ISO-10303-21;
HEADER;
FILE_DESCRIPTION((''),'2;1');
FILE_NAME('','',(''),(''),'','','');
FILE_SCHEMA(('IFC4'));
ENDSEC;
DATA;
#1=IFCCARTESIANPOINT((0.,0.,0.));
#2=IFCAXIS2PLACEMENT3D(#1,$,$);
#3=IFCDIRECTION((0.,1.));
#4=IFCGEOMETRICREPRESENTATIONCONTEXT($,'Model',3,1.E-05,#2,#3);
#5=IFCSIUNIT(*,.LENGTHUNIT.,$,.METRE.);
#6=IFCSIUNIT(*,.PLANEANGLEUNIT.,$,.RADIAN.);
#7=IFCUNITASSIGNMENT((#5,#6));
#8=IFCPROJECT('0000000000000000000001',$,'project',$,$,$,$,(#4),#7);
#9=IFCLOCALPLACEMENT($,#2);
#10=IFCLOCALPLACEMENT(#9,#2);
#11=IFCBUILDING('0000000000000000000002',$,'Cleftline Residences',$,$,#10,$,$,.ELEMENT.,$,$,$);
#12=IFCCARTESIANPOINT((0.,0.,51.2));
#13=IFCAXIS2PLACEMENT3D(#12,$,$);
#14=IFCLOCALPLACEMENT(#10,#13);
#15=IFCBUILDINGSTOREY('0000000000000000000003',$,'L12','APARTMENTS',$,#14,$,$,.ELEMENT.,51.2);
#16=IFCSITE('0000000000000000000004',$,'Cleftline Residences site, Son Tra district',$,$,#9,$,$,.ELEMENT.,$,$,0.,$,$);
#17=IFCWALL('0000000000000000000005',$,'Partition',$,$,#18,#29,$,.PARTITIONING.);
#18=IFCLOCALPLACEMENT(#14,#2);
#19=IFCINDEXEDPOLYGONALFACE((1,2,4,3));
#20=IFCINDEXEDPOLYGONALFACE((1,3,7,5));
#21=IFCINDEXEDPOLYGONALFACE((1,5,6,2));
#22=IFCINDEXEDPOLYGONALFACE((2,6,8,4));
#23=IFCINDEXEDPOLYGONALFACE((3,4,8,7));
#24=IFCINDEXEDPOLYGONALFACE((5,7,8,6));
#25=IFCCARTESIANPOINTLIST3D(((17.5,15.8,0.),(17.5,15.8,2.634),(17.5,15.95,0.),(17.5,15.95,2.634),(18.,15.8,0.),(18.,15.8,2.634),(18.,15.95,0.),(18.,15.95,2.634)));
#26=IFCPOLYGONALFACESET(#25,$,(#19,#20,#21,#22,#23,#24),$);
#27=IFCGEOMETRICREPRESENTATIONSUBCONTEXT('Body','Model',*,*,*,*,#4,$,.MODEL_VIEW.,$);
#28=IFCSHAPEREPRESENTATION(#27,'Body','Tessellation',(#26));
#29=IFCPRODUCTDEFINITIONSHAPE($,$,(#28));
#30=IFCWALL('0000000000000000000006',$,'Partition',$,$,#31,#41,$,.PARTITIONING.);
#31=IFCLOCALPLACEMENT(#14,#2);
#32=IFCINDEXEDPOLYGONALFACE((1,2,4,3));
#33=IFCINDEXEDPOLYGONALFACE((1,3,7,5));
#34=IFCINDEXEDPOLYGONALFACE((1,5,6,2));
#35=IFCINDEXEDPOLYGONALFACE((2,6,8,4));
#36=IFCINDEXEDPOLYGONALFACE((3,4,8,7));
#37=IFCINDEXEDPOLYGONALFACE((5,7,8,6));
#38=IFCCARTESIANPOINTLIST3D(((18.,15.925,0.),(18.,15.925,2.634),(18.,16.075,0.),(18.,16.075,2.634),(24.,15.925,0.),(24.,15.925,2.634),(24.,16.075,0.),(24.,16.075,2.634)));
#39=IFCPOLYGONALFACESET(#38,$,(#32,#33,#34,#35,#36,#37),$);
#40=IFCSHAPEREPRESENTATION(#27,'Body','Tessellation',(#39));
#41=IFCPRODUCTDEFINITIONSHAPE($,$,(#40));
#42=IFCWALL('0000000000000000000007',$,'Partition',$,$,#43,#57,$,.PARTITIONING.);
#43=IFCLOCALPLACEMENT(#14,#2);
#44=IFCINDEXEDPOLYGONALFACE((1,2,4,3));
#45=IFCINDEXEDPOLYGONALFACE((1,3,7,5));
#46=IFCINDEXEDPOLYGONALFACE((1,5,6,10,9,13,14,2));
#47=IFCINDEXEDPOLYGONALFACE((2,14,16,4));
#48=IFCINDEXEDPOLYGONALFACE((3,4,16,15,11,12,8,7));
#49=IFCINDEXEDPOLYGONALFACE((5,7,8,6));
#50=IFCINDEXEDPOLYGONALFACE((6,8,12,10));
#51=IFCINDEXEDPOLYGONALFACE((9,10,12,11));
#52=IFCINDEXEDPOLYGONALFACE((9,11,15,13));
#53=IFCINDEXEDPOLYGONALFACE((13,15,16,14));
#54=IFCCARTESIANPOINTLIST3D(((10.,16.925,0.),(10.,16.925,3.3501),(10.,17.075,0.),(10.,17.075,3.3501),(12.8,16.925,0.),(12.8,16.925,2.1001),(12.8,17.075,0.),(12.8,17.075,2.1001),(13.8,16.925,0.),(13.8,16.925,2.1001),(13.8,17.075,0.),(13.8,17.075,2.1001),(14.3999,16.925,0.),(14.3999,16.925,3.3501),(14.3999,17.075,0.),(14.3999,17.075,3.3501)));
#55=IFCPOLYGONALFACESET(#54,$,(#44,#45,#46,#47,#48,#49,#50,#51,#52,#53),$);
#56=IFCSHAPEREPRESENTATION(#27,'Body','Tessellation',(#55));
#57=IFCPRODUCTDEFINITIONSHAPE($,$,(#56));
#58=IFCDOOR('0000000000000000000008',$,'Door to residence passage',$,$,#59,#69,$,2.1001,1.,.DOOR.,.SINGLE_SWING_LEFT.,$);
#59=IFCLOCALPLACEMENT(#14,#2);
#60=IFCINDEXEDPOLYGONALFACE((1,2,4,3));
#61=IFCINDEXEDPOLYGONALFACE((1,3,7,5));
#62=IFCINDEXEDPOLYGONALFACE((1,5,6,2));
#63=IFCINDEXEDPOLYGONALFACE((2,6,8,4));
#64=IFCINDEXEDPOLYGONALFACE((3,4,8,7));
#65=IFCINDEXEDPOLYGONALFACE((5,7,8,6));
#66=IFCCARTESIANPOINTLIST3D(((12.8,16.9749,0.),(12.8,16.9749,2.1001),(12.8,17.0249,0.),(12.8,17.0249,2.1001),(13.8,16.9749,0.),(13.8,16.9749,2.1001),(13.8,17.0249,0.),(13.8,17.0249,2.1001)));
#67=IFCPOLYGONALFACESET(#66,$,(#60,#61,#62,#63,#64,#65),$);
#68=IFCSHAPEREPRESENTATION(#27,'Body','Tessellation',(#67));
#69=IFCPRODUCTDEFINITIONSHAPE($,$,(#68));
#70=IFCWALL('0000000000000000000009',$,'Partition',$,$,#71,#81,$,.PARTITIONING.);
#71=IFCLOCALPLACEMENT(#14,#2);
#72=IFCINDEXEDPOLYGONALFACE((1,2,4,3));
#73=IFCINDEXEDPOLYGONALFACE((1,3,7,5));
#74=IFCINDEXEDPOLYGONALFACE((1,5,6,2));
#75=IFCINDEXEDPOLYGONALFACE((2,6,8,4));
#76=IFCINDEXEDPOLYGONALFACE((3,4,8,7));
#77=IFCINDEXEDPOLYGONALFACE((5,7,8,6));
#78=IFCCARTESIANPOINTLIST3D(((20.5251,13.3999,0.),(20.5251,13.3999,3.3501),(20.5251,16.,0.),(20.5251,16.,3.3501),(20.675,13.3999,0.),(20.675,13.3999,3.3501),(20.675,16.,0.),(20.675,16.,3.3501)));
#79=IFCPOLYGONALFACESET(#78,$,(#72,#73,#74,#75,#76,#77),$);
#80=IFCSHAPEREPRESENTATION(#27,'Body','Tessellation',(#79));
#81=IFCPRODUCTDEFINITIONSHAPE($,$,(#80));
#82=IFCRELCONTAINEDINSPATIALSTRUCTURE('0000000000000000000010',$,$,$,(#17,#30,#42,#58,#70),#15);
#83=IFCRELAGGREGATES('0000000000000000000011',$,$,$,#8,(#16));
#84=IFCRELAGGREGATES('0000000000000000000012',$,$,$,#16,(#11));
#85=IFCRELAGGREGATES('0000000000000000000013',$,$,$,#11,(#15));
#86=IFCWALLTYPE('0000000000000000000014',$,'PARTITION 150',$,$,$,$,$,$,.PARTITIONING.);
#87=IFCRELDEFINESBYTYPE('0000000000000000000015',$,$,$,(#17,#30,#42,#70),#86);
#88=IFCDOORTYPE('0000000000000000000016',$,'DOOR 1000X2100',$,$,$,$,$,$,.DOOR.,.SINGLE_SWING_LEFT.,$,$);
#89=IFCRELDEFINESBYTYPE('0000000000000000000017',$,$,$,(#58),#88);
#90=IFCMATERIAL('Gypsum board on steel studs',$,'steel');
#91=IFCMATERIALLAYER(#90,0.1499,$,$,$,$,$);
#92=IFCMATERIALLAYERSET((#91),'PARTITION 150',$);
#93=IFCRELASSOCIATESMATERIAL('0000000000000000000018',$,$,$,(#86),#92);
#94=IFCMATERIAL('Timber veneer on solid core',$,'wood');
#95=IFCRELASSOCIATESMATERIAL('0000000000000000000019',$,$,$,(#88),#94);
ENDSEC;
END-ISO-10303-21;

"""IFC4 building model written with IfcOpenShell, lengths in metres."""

from ifc_helpers import new_model, si_unit, direction, frame, frame_2d, origin, place, context, subcontext, project, spatial, rectangle, extrude, material, layer, layer_set, type_object, element, fill, save


model = new_model("IFC4")

# Units and contexts
model_context = context("Model", 3, precision=1e-05, world=origin(), true_north=direction((0.0, 1.0)))
body_context = subcontext(model_context, "Body", "Model", "MODEL_VIEW")
ifc_project = project(units=[si_unit("LENGTHUNIT", "METRE"), si_unit("PLANEANGLEUNIT", "RADIAN")], contexts=[model_context])

# Site, building, storey
site_placement = place(None, origin())
site = spatial("IfcSite", under=ifc_project, at=site_placement, Name="Cleftline Residences site, Son Tra district", CompositionType="ELEMENT", RefElevation=0.0)
building_placement = place(site_placement, origin())
building = spatial("IfcBuilding", under=site, at=building_placement, Name="Cleftline Residences", CompositionType="ELEMENT")
storey_placement = place(building_placement, frame((0.0, 0.0, 51.2)))
storey = spatial("IfcBuildingStorey", under=building, at=storey_placement, Name="L12", Description="APARTMENTS", CompositionType="ELEMENT", Elevation=51.2)

# Shared definitions
ifc_material_1 = material(Name="Gypsum board on steel studs", Category="steel")
ifc_layer_1 = layer(ifc_material_1, 0.1499)
ifc_layer_set_1 = layer_set([ifc_layer_1], Name="PARTITION 150")
wall_type_1 = type_object("IfcWallType", Name="PARTITION 150", PredefinedType="PARTITIONING", material=ifc_layer_set_1)

# Walls
wall_1_placement = place(storey_placement, frame((17.5, 15.875, 0.0), z_axis=(0.0, 0.0, 1.0), x_axis=(1.0, 0.0, 0.0)))
element("IfcWall", 1, at=wall_1_placement, inside=storey, type_object=wall_type_1, Name="Partition", PredefinedType="PARTITIONING", context=body_context, shape_type="SweptSolid", body=[
    extrude(rectangle(XDim=0.5, YDim=0.1499, at=frame_2d((0.25, 0.0))), origin(), (0.0, 0.0, 1.0), 2.634),
])
wall_2_placement = place(storey_placement, frame((18.0, 16.0, 0.0), z_axis=(0.0, 0.0, 1.0), x_axis=(1.0, 0.0, 0.0)))
element("IfcWall", 2, at=wall_2_placement, inside=storey, type_object=wall_type_1, Name="Partition", PredefinedType="PARTITIONING", context=body_context, shape_type="SweptSolid", body=[
    extrude(rectangle(XDim=6.0, YDim=0.1499, at=frame_2d((3.0, 0.0))), origin(), (0.0, 0.0, 1.0), 2.634),
])

# Wall, opening, door
wall_3_placement = place(storey_placement, frame((10.0, 17.0, 0.0), z_axis=(0.0, 0.0, 1.0), x_axis=(1.0, 0.0, 0.0)))
wall_3 = element("IfcWall", 3, at=wall_3_placement, inside=storey, type_object=wall_type_1, Name="Partition", PredefinedType="PARTITIONING", context=body_context, shape_type="SweptSolid", body=[
    extrude(rectangle(XDim=4.3999, YDim=0.1499, at=frame_2d((2.2, 0.0))), origin(), (0.0, 0.0, 1.0), 3.3501),
])
opening_1_placement = place(wall_3_placement, frame((2.8, 0.0, 0.0)))
opening_1 = element("IfcOpeningElement", 4, at=opening_1_placement, cuts=wall_3, PredefinedType="OPENING", context=body_context, shape_type="SweptSolid", body=[
    extrude(rectangle(XDim=1.0, YDim=2.1001, at=frame_2d((0.5, 1.05))), frame((0.0, 0.085, 0.0), z_axis=(0.0, -1.0, 0.0), x_axis=(1.0, 0.0, 0.0)), (0.0, 0.0, 1.0), 0.1699),
])
ifc_material_2 = material(Name="Timber veneer on solid core", Category="wood")
door_type_1 = type_object("IfcDoorType", Name="DOOR 1000X2100", OperationType="SINGLE_SWING_LEFT", PredefinedType="DOOR", material=ifc_material_2)
door_1_placement = place(opening_1_placement, origin())
door_1 = element("IfcDoor", 5, at=door_1_placement, inside=storey, type_object=door_type_1, Name="Door to residence passage", OperationType="SINGLE_SWING_LEFT", OverallHeight=2.1001, OverallWidth=1.0, PredefinedType="DOOR", context=body_context, shape_type="SweptSolid", body=[
    extrude(rectangle(XDim=1.0, YDim=2.1001, at=frame_2d((0.5, 1.05))), frame((0.0, 0.0249, 0.0), z_axis=(0.0, -1.0, 0.0), x_axis=(1.0, 0.0, 0.0)), (0.0, 0.0, 1.0), 0.05),
])
fill(opening_1, door_1)

# Wall
wall_4_placement = place(storey_placement, frame((20.6001, 13.3999, 0.0), z_axis=(0.0, 0.0, 1.0), x_axis=(0.0, 1.0, 0.0)))
element("IfcWall", 6, at=wall_4_placement, inside=storey, type_object=wall_type_1, Name="Partition", PredefinedType="PARTITIONING", context=body_context, shape_type="SweptSolid", body=[
    extrude(rectangle(XDim=2.6001, YDim=0.1499, at=frame_2d((1.3, 0.0))), origin(), (0.0, 0.0, 1.0), 3.3501),
])

save(model, "model.ifc")
